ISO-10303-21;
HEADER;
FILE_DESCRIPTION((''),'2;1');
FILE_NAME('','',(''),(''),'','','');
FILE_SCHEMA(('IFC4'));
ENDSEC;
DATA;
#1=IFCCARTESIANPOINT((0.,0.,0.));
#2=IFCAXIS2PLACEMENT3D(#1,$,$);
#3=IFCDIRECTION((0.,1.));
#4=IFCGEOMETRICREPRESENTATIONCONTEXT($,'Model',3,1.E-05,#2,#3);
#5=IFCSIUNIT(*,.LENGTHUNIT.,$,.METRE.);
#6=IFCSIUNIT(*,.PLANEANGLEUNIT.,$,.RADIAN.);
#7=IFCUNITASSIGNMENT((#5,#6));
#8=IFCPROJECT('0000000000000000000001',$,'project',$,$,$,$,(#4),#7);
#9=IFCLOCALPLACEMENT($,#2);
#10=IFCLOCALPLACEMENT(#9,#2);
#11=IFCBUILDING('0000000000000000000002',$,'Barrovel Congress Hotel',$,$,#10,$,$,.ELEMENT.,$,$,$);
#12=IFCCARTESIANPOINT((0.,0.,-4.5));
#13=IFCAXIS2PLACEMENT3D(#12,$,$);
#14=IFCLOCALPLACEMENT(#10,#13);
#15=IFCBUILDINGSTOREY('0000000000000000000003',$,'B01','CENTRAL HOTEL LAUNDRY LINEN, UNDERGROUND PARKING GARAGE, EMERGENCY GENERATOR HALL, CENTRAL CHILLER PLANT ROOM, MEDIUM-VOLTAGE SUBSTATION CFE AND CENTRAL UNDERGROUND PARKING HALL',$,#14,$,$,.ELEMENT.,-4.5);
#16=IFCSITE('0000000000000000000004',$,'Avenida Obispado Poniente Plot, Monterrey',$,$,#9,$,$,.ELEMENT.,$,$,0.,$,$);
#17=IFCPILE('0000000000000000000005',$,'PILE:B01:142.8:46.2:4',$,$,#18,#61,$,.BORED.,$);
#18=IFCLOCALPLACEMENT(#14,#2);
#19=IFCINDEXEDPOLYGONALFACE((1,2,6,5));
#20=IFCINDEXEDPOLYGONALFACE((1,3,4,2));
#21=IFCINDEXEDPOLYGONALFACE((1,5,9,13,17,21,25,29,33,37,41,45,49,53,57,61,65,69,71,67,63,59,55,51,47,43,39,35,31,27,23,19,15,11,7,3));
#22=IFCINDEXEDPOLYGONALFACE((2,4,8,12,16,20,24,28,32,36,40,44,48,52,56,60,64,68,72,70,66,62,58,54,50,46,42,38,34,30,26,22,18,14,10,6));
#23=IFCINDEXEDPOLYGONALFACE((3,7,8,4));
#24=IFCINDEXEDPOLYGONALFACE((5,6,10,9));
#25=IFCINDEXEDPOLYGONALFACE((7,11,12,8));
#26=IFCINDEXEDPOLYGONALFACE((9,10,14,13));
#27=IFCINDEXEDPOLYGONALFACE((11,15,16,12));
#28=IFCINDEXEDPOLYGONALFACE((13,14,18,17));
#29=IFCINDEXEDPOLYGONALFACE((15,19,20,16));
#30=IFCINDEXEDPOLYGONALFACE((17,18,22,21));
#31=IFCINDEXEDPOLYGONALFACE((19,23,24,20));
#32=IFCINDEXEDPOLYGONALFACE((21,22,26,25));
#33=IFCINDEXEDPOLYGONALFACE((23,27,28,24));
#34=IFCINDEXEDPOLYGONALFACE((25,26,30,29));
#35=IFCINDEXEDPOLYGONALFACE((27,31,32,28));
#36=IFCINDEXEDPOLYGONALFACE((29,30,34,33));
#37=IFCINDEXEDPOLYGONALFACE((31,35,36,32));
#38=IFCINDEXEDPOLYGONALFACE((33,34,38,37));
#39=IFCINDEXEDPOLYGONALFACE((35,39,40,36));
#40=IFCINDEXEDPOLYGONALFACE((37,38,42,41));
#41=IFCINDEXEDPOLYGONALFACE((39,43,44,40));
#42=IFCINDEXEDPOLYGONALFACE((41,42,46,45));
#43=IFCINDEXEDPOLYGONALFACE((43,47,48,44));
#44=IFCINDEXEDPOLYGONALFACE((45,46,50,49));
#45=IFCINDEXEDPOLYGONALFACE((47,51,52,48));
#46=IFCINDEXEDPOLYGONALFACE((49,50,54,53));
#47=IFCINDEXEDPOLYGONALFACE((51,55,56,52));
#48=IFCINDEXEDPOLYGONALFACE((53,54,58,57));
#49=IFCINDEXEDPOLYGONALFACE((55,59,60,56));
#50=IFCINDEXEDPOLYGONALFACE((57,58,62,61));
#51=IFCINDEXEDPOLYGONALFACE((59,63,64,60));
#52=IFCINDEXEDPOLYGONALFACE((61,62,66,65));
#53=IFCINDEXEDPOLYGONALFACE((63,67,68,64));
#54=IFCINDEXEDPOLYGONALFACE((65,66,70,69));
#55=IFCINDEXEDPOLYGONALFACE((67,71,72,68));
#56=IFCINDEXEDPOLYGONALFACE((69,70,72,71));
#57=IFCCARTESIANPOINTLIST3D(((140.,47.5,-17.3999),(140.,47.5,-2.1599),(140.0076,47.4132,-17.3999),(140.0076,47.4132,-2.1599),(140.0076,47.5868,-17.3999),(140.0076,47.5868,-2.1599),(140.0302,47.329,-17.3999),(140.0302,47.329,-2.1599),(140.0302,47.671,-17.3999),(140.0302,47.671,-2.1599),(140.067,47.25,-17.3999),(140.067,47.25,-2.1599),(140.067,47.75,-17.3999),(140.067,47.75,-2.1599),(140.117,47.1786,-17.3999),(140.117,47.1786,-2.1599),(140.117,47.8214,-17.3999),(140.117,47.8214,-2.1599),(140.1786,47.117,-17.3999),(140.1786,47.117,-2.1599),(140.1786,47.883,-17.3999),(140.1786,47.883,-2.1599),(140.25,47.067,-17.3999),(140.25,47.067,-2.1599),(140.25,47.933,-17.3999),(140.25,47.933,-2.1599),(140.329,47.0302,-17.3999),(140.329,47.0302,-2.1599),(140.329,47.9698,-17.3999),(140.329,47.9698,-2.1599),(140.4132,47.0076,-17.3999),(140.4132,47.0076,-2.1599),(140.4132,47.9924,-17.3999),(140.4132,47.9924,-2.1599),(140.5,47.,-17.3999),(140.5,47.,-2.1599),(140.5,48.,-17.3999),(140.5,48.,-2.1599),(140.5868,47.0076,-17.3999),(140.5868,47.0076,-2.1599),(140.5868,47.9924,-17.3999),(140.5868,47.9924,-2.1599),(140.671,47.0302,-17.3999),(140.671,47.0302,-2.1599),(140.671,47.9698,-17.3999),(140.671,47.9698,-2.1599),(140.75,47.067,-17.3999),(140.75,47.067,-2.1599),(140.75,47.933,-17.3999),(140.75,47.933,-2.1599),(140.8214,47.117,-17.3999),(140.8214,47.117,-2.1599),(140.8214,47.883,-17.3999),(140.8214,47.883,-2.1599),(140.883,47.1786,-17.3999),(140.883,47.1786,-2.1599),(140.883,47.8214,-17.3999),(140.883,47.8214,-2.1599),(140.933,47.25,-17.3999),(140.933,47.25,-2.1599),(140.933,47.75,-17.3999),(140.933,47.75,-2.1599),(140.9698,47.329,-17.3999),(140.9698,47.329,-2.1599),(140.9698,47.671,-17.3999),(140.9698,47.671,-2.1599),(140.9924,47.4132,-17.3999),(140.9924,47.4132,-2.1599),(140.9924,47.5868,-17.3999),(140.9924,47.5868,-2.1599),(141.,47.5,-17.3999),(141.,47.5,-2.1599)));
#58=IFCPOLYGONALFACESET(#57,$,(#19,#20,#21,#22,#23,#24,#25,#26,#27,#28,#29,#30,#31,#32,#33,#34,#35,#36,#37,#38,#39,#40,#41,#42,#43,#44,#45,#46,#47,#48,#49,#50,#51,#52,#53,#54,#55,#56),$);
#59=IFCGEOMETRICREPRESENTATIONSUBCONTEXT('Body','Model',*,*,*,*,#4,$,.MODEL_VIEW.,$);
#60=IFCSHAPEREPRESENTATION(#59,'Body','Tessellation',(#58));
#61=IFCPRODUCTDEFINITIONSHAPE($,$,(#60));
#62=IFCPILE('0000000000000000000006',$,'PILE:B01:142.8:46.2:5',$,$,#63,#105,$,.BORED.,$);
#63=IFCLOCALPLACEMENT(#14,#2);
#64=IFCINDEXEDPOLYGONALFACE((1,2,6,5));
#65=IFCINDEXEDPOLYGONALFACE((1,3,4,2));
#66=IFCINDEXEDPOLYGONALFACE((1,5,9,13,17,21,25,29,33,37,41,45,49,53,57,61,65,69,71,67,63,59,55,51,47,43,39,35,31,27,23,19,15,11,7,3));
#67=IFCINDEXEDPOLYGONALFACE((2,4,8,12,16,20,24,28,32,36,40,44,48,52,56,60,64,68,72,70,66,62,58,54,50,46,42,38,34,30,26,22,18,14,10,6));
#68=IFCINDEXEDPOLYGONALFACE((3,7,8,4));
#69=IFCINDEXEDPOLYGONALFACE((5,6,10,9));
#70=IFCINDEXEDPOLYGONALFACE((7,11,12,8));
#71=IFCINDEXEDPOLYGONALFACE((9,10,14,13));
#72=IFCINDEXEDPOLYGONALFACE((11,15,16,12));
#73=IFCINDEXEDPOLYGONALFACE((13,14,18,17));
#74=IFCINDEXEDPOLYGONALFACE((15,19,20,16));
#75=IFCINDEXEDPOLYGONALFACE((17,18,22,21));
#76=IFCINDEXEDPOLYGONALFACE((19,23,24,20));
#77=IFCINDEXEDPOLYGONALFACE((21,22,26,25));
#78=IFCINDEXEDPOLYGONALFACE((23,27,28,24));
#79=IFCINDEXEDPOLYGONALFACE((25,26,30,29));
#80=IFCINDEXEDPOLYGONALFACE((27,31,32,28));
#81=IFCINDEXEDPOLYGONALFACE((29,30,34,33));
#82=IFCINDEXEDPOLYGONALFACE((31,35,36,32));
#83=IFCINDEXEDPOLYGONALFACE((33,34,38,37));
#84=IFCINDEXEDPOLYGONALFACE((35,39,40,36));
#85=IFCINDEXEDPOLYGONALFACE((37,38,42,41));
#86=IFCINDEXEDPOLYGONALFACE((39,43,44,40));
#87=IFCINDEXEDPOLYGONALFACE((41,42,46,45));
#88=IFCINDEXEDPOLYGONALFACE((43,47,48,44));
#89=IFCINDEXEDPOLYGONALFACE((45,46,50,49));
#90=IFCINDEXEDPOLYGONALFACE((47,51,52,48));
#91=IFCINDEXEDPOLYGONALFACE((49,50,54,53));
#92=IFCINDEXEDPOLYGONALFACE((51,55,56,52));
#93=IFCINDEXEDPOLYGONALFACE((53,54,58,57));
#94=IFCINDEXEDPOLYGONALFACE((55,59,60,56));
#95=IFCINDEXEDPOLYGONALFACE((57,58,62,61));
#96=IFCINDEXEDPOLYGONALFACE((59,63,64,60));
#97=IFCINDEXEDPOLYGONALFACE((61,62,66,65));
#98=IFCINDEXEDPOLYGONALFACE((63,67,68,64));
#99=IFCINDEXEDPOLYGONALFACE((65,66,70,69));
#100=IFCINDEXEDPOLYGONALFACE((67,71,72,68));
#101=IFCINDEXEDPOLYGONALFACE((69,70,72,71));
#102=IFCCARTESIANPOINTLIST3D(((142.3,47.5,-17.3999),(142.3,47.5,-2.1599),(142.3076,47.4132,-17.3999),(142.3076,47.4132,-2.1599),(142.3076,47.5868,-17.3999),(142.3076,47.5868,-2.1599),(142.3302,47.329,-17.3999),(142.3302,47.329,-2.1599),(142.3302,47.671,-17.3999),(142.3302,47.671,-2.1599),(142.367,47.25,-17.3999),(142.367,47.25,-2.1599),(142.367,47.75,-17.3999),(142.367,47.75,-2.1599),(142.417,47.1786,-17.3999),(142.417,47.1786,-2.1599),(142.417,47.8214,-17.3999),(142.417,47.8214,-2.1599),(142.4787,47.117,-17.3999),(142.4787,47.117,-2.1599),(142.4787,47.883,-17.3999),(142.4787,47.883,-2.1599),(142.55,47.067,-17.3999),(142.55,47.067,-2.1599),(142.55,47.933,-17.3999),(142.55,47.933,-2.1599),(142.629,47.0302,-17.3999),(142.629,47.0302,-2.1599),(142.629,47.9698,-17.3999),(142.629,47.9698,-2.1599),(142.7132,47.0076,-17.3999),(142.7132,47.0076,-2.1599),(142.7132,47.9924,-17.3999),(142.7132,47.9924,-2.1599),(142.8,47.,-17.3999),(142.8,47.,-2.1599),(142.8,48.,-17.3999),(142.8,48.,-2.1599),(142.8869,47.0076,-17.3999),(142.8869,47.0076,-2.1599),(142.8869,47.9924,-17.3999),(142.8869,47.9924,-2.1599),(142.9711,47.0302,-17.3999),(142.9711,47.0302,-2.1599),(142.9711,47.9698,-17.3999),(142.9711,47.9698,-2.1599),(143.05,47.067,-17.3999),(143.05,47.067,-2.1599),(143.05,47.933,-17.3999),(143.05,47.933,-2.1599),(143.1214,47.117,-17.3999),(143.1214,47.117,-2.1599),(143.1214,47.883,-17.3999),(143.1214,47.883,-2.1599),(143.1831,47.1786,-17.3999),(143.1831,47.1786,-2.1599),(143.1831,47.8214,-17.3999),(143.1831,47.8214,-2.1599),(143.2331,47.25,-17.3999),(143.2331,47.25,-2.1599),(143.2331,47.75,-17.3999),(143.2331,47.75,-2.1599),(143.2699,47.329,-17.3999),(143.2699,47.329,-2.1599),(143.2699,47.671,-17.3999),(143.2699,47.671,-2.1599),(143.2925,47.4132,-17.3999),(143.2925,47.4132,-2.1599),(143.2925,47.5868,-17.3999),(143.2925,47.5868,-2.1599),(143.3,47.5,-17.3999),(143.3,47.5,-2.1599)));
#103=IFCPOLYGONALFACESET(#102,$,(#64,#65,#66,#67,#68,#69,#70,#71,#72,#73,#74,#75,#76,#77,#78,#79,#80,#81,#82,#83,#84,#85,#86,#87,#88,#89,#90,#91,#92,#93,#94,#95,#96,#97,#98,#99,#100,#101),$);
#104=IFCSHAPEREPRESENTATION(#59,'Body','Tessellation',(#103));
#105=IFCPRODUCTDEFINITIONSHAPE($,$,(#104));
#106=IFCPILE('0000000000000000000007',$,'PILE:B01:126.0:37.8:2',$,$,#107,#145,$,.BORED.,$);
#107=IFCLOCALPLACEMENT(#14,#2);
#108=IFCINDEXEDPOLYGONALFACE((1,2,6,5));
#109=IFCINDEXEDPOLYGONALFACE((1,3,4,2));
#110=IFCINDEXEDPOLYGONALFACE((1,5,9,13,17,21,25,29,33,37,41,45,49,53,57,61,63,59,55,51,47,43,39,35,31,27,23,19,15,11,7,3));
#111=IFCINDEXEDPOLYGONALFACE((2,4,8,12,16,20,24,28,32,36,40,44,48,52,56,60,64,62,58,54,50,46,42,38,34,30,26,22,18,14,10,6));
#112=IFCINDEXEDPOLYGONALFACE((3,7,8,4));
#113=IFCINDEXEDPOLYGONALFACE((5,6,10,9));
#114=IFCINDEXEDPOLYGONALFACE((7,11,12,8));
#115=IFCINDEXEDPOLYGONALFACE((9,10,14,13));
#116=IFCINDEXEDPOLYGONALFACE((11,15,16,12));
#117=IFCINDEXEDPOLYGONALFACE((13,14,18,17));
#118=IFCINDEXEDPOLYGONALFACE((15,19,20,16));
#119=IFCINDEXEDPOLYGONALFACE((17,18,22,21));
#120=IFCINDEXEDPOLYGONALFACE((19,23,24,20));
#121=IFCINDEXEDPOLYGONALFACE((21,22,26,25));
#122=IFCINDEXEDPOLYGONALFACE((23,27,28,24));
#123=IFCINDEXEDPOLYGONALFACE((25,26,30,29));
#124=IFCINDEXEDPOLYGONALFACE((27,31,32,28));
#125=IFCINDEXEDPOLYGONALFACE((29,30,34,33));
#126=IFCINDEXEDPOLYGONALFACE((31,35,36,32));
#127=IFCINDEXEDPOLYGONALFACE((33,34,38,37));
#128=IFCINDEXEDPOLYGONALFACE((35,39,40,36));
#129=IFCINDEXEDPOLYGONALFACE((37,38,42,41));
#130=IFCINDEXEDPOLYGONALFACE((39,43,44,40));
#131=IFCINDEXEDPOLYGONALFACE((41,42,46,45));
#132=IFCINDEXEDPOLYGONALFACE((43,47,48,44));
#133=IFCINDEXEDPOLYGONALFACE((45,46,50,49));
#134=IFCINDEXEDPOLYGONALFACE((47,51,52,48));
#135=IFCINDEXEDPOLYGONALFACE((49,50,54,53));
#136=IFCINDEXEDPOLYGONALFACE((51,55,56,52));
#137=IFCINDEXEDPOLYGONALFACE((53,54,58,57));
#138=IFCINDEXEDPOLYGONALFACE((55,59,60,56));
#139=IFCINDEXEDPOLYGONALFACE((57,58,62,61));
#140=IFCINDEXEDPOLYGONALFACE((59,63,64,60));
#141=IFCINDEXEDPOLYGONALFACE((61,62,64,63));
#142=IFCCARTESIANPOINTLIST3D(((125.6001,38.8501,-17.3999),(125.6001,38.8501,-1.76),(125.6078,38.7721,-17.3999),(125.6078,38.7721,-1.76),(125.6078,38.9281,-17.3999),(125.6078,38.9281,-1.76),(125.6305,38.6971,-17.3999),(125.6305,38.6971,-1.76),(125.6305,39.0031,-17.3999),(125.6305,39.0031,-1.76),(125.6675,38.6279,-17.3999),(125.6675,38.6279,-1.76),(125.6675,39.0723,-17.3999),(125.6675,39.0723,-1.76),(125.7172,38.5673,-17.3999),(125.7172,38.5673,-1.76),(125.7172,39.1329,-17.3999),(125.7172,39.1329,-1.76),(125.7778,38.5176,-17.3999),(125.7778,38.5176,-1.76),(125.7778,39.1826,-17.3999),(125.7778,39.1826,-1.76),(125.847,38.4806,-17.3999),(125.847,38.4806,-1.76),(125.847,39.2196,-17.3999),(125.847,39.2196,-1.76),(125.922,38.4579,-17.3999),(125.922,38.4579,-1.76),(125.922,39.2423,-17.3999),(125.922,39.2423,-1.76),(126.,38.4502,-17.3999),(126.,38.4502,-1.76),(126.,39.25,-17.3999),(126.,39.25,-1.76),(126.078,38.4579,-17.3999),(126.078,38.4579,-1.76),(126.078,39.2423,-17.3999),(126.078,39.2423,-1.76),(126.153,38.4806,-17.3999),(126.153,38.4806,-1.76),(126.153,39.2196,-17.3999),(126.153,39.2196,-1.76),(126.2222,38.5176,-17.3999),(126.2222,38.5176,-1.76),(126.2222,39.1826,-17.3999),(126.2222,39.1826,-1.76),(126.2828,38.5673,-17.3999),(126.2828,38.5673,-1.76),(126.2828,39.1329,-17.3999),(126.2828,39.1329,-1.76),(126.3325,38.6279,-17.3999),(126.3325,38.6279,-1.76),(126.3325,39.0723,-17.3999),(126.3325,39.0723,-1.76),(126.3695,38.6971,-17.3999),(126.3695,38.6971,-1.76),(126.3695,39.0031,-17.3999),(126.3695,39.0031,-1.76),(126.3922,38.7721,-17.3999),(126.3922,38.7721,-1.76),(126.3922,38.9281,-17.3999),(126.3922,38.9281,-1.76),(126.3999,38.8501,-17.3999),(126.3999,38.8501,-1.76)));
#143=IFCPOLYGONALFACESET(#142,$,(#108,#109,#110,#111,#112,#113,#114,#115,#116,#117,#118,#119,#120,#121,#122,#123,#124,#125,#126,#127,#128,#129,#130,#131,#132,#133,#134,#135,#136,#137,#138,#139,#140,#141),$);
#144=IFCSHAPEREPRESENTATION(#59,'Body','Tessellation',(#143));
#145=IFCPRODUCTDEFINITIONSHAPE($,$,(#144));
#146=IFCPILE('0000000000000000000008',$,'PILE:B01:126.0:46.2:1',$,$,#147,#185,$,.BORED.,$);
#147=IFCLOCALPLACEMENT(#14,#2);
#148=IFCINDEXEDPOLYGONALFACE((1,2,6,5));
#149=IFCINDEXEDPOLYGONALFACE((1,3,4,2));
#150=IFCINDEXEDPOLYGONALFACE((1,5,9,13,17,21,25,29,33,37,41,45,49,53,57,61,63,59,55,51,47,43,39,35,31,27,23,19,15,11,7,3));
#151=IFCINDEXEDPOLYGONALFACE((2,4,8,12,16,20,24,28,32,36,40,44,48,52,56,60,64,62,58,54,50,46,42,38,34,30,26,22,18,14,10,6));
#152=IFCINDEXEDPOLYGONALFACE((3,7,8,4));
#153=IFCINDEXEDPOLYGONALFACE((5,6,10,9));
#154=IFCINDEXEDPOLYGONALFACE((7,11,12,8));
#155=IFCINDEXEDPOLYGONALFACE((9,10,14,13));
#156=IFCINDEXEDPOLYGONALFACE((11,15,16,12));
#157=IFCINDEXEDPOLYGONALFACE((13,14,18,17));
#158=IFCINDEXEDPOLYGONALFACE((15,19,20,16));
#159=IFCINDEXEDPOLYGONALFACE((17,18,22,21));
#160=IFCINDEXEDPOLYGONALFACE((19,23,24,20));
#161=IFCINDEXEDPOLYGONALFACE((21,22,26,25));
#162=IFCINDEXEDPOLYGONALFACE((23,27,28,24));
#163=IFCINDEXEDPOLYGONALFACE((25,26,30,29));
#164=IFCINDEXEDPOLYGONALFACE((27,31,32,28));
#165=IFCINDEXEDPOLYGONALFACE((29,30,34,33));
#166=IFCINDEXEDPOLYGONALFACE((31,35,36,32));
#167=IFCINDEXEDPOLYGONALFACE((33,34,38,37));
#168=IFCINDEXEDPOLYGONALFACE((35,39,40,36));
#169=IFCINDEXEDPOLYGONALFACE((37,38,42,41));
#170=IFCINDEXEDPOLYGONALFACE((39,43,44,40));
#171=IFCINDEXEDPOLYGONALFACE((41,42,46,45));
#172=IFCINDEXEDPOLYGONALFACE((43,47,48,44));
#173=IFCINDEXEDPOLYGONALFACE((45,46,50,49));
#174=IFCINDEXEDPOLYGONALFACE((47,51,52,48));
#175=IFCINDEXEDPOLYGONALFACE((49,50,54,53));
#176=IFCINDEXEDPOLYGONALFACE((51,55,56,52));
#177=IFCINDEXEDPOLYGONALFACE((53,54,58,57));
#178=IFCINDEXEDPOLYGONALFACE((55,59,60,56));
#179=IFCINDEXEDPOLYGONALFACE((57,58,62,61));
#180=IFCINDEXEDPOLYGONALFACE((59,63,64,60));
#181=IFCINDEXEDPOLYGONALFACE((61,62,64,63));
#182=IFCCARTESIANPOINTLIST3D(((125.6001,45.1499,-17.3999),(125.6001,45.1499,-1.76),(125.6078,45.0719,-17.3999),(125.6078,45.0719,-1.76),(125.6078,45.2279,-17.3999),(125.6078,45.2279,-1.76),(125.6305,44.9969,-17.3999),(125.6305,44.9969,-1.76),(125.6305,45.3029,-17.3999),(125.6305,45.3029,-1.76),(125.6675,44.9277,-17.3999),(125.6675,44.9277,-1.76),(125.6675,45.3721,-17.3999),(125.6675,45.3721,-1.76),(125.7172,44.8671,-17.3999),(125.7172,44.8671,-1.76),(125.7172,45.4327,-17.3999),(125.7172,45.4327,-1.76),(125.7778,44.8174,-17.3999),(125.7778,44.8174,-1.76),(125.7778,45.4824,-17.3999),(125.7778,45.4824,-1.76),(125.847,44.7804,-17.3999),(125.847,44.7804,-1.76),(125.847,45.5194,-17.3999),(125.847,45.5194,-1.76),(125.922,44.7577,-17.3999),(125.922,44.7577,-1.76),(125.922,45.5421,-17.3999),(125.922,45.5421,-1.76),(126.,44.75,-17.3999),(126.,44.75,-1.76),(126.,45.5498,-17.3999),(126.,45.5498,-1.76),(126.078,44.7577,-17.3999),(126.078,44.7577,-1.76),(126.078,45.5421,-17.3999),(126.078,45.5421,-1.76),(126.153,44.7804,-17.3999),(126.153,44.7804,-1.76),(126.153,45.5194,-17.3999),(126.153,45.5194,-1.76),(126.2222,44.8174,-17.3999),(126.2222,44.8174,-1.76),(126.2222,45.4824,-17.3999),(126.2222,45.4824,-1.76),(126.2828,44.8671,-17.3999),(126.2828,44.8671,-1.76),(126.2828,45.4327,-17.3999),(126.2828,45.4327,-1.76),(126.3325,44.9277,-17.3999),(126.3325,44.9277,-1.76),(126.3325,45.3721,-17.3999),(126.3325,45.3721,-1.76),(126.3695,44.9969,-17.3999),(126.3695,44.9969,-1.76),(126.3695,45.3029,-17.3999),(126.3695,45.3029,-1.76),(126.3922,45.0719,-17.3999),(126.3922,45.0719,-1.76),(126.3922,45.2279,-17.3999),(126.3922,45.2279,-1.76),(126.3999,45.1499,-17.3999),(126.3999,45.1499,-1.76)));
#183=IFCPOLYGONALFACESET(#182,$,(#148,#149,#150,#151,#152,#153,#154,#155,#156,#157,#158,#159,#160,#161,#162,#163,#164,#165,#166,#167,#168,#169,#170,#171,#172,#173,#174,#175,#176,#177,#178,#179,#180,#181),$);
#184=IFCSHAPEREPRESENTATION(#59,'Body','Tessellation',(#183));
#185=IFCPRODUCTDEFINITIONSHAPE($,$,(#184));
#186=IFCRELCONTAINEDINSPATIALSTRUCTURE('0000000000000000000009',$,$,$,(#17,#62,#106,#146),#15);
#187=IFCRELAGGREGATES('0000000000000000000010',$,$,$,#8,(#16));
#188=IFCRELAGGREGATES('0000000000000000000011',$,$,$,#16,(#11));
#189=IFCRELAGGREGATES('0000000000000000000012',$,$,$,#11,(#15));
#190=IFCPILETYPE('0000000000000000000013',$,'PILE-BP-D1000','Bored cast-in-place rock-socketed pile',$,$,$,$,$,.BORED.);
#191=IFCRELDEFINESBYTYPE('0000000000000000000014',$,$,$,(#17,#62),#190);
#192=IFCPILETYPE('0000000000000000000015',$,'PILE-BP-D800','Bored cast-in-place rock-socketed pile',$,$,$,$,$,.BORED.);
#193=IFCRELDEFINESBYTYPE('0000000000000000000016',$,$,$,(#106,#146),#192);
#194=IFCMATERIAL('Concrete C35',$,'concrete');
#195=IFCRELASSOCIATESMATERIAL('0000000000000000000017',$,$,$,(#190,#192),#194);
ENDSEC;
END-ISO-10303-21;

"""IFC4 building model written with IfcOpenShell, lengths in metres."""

from ifc_helpers import new_model, si_unit, direction, frame, origin, origin_2d, place, context, subcontext, project, spatial, circle, extrude, material, material_profile, profile_set, type_object, element, save


model = new_model("IFC4")

# Units and contexts
model_context = context("Model", 3, precision=1e-05, world=origin(), true_north=direction((0.0, 1.0)))
body_context = subcontext(model_context, "Body", "Model", "MODEL_VIEW")
ifc_project = project(units=[si_unit("LENGTHUNIT", "METRE"), si_unit("PLANEANGLEUNIT", "RADIAN")], contexts=[model_context])

# Site, building, storey
site_placement = place(None, origin())
site = spatial("IfcSite", under=ifc_project, at=site_placement, Name="Avenida Obispado Poniente Plot, Monterrey", CompositionType="ELEMENT", RefElevation=0.0)
building_placement = place(site_placement, origin())
building = spatial("IfcBuilding", under=site, at=building_placement, Name="Barrovel Congress Hotel", CompositionType="ELEMENT")
storey_placement = place(building_placement, frame((0.0, 0.0, -4.5)))
storey = spatial("IfcBuildingStorey", under=building, at=storey_placement, Name="B01", Description="CENTRAL HOTEL LAUNDRY LINEN, UNDERGROUND PARKING GARAGE, EMERGENCY GENERATOR HALL, CENTRAL CHILLER PLANT ROOM, MEDIUM-VOLTAGE SUBSTATION CFE AND CENTRAL UNDERGROUND PARKING HALL", CompositionType="ELEMENT", Elevation=-4.5)

# Piles
ifc_material_1 = material(Name="Concrete C35", Category="concrete")
ifc_material_profile_1 = material_profile(ifc_material_1, circle(Radius=0.5, at=origin_2d()), Name="BP-D1000")
ifc_profile_set_1 = profile_set([ifc_material_profile_1], Name="Concrete C35")
pile_type_1 = type_object("IfcPileType", Name="PILE-BP-D1000", Description="Bored cast-in-place rock-socketed pile", PredefinedType="BORED", material=ifc_profile_set_1)
for number, where, z_axis, x_axis, name in (
    (1, (140.5, 47.5, -2.1599), (0.0, 0.0, -1.0), (1.0, 0.0, 0.0), "PILE:B01:142.8:46.2:4"),
    (2, (142.8, 47.5, -2.1599), (0.0, 0.0, -1.0), (1.0, 0.0, 0.0), "PILE:B01:142.8:46.2:5"),
):
    element("IfcPile", number, at=place(storey_placement, frame(where, z_axis=z_axis, x_axis=x_axis)), inside=storey, type_object=pile_type_1, Name=name, PredefinedType="BORED", context=body_context, shape_type="SweptSolid", body=[
        extrude(circle(Radius=0.5, at=origin_2d()), origin(), (0.0, 0.0, 1.0), 15.24),
    ])
ifc_material_profile_2 = material_profile(ifc_material_1, circle(Radius=0.3999, at=origin_2d()), Name="BP-D800")
ifc_profile_set_2 = profile_set([ifc_material_profile_2], Name="Concrete C35")
pile_type_2 = type_object("IfcPileType", Name="PILE-BP-D800", Description="Bored cast-in-place rock-socketed pile", PredefinedType="BORED", material=ifc_profile_set_2)
for number, where, z_axis, x_axis, name in (
    (3, (126.0, 38.8501, -1.76), (0.0, 0.0, -1.0), (1.0, 0.0, 0.0), "PILE:B01:126.0:37.8:2"),
    (4, (126.0, 45.1499, -1.76), (0.0, 0.0, -1.0), (1.0, 0.0, 0.0), "PILE:B01:126.0:46.2:1"),
):
    element("IfcPile", number, at=place(storey_placement, frame(where, z_axis=z_axis, x_axis=x_axis)), inside=storey, type_object=pile_type_2, Name=name, PredefinedType="BORED", context=body_context, shape_type="SweptSolid", body=[
        extrude(circle(Radius=0.3999, at=origin_2d()), origin(), (0.0, 0.0, 1.0), 15.6399),
    ])

save(model, "model.ifc")
